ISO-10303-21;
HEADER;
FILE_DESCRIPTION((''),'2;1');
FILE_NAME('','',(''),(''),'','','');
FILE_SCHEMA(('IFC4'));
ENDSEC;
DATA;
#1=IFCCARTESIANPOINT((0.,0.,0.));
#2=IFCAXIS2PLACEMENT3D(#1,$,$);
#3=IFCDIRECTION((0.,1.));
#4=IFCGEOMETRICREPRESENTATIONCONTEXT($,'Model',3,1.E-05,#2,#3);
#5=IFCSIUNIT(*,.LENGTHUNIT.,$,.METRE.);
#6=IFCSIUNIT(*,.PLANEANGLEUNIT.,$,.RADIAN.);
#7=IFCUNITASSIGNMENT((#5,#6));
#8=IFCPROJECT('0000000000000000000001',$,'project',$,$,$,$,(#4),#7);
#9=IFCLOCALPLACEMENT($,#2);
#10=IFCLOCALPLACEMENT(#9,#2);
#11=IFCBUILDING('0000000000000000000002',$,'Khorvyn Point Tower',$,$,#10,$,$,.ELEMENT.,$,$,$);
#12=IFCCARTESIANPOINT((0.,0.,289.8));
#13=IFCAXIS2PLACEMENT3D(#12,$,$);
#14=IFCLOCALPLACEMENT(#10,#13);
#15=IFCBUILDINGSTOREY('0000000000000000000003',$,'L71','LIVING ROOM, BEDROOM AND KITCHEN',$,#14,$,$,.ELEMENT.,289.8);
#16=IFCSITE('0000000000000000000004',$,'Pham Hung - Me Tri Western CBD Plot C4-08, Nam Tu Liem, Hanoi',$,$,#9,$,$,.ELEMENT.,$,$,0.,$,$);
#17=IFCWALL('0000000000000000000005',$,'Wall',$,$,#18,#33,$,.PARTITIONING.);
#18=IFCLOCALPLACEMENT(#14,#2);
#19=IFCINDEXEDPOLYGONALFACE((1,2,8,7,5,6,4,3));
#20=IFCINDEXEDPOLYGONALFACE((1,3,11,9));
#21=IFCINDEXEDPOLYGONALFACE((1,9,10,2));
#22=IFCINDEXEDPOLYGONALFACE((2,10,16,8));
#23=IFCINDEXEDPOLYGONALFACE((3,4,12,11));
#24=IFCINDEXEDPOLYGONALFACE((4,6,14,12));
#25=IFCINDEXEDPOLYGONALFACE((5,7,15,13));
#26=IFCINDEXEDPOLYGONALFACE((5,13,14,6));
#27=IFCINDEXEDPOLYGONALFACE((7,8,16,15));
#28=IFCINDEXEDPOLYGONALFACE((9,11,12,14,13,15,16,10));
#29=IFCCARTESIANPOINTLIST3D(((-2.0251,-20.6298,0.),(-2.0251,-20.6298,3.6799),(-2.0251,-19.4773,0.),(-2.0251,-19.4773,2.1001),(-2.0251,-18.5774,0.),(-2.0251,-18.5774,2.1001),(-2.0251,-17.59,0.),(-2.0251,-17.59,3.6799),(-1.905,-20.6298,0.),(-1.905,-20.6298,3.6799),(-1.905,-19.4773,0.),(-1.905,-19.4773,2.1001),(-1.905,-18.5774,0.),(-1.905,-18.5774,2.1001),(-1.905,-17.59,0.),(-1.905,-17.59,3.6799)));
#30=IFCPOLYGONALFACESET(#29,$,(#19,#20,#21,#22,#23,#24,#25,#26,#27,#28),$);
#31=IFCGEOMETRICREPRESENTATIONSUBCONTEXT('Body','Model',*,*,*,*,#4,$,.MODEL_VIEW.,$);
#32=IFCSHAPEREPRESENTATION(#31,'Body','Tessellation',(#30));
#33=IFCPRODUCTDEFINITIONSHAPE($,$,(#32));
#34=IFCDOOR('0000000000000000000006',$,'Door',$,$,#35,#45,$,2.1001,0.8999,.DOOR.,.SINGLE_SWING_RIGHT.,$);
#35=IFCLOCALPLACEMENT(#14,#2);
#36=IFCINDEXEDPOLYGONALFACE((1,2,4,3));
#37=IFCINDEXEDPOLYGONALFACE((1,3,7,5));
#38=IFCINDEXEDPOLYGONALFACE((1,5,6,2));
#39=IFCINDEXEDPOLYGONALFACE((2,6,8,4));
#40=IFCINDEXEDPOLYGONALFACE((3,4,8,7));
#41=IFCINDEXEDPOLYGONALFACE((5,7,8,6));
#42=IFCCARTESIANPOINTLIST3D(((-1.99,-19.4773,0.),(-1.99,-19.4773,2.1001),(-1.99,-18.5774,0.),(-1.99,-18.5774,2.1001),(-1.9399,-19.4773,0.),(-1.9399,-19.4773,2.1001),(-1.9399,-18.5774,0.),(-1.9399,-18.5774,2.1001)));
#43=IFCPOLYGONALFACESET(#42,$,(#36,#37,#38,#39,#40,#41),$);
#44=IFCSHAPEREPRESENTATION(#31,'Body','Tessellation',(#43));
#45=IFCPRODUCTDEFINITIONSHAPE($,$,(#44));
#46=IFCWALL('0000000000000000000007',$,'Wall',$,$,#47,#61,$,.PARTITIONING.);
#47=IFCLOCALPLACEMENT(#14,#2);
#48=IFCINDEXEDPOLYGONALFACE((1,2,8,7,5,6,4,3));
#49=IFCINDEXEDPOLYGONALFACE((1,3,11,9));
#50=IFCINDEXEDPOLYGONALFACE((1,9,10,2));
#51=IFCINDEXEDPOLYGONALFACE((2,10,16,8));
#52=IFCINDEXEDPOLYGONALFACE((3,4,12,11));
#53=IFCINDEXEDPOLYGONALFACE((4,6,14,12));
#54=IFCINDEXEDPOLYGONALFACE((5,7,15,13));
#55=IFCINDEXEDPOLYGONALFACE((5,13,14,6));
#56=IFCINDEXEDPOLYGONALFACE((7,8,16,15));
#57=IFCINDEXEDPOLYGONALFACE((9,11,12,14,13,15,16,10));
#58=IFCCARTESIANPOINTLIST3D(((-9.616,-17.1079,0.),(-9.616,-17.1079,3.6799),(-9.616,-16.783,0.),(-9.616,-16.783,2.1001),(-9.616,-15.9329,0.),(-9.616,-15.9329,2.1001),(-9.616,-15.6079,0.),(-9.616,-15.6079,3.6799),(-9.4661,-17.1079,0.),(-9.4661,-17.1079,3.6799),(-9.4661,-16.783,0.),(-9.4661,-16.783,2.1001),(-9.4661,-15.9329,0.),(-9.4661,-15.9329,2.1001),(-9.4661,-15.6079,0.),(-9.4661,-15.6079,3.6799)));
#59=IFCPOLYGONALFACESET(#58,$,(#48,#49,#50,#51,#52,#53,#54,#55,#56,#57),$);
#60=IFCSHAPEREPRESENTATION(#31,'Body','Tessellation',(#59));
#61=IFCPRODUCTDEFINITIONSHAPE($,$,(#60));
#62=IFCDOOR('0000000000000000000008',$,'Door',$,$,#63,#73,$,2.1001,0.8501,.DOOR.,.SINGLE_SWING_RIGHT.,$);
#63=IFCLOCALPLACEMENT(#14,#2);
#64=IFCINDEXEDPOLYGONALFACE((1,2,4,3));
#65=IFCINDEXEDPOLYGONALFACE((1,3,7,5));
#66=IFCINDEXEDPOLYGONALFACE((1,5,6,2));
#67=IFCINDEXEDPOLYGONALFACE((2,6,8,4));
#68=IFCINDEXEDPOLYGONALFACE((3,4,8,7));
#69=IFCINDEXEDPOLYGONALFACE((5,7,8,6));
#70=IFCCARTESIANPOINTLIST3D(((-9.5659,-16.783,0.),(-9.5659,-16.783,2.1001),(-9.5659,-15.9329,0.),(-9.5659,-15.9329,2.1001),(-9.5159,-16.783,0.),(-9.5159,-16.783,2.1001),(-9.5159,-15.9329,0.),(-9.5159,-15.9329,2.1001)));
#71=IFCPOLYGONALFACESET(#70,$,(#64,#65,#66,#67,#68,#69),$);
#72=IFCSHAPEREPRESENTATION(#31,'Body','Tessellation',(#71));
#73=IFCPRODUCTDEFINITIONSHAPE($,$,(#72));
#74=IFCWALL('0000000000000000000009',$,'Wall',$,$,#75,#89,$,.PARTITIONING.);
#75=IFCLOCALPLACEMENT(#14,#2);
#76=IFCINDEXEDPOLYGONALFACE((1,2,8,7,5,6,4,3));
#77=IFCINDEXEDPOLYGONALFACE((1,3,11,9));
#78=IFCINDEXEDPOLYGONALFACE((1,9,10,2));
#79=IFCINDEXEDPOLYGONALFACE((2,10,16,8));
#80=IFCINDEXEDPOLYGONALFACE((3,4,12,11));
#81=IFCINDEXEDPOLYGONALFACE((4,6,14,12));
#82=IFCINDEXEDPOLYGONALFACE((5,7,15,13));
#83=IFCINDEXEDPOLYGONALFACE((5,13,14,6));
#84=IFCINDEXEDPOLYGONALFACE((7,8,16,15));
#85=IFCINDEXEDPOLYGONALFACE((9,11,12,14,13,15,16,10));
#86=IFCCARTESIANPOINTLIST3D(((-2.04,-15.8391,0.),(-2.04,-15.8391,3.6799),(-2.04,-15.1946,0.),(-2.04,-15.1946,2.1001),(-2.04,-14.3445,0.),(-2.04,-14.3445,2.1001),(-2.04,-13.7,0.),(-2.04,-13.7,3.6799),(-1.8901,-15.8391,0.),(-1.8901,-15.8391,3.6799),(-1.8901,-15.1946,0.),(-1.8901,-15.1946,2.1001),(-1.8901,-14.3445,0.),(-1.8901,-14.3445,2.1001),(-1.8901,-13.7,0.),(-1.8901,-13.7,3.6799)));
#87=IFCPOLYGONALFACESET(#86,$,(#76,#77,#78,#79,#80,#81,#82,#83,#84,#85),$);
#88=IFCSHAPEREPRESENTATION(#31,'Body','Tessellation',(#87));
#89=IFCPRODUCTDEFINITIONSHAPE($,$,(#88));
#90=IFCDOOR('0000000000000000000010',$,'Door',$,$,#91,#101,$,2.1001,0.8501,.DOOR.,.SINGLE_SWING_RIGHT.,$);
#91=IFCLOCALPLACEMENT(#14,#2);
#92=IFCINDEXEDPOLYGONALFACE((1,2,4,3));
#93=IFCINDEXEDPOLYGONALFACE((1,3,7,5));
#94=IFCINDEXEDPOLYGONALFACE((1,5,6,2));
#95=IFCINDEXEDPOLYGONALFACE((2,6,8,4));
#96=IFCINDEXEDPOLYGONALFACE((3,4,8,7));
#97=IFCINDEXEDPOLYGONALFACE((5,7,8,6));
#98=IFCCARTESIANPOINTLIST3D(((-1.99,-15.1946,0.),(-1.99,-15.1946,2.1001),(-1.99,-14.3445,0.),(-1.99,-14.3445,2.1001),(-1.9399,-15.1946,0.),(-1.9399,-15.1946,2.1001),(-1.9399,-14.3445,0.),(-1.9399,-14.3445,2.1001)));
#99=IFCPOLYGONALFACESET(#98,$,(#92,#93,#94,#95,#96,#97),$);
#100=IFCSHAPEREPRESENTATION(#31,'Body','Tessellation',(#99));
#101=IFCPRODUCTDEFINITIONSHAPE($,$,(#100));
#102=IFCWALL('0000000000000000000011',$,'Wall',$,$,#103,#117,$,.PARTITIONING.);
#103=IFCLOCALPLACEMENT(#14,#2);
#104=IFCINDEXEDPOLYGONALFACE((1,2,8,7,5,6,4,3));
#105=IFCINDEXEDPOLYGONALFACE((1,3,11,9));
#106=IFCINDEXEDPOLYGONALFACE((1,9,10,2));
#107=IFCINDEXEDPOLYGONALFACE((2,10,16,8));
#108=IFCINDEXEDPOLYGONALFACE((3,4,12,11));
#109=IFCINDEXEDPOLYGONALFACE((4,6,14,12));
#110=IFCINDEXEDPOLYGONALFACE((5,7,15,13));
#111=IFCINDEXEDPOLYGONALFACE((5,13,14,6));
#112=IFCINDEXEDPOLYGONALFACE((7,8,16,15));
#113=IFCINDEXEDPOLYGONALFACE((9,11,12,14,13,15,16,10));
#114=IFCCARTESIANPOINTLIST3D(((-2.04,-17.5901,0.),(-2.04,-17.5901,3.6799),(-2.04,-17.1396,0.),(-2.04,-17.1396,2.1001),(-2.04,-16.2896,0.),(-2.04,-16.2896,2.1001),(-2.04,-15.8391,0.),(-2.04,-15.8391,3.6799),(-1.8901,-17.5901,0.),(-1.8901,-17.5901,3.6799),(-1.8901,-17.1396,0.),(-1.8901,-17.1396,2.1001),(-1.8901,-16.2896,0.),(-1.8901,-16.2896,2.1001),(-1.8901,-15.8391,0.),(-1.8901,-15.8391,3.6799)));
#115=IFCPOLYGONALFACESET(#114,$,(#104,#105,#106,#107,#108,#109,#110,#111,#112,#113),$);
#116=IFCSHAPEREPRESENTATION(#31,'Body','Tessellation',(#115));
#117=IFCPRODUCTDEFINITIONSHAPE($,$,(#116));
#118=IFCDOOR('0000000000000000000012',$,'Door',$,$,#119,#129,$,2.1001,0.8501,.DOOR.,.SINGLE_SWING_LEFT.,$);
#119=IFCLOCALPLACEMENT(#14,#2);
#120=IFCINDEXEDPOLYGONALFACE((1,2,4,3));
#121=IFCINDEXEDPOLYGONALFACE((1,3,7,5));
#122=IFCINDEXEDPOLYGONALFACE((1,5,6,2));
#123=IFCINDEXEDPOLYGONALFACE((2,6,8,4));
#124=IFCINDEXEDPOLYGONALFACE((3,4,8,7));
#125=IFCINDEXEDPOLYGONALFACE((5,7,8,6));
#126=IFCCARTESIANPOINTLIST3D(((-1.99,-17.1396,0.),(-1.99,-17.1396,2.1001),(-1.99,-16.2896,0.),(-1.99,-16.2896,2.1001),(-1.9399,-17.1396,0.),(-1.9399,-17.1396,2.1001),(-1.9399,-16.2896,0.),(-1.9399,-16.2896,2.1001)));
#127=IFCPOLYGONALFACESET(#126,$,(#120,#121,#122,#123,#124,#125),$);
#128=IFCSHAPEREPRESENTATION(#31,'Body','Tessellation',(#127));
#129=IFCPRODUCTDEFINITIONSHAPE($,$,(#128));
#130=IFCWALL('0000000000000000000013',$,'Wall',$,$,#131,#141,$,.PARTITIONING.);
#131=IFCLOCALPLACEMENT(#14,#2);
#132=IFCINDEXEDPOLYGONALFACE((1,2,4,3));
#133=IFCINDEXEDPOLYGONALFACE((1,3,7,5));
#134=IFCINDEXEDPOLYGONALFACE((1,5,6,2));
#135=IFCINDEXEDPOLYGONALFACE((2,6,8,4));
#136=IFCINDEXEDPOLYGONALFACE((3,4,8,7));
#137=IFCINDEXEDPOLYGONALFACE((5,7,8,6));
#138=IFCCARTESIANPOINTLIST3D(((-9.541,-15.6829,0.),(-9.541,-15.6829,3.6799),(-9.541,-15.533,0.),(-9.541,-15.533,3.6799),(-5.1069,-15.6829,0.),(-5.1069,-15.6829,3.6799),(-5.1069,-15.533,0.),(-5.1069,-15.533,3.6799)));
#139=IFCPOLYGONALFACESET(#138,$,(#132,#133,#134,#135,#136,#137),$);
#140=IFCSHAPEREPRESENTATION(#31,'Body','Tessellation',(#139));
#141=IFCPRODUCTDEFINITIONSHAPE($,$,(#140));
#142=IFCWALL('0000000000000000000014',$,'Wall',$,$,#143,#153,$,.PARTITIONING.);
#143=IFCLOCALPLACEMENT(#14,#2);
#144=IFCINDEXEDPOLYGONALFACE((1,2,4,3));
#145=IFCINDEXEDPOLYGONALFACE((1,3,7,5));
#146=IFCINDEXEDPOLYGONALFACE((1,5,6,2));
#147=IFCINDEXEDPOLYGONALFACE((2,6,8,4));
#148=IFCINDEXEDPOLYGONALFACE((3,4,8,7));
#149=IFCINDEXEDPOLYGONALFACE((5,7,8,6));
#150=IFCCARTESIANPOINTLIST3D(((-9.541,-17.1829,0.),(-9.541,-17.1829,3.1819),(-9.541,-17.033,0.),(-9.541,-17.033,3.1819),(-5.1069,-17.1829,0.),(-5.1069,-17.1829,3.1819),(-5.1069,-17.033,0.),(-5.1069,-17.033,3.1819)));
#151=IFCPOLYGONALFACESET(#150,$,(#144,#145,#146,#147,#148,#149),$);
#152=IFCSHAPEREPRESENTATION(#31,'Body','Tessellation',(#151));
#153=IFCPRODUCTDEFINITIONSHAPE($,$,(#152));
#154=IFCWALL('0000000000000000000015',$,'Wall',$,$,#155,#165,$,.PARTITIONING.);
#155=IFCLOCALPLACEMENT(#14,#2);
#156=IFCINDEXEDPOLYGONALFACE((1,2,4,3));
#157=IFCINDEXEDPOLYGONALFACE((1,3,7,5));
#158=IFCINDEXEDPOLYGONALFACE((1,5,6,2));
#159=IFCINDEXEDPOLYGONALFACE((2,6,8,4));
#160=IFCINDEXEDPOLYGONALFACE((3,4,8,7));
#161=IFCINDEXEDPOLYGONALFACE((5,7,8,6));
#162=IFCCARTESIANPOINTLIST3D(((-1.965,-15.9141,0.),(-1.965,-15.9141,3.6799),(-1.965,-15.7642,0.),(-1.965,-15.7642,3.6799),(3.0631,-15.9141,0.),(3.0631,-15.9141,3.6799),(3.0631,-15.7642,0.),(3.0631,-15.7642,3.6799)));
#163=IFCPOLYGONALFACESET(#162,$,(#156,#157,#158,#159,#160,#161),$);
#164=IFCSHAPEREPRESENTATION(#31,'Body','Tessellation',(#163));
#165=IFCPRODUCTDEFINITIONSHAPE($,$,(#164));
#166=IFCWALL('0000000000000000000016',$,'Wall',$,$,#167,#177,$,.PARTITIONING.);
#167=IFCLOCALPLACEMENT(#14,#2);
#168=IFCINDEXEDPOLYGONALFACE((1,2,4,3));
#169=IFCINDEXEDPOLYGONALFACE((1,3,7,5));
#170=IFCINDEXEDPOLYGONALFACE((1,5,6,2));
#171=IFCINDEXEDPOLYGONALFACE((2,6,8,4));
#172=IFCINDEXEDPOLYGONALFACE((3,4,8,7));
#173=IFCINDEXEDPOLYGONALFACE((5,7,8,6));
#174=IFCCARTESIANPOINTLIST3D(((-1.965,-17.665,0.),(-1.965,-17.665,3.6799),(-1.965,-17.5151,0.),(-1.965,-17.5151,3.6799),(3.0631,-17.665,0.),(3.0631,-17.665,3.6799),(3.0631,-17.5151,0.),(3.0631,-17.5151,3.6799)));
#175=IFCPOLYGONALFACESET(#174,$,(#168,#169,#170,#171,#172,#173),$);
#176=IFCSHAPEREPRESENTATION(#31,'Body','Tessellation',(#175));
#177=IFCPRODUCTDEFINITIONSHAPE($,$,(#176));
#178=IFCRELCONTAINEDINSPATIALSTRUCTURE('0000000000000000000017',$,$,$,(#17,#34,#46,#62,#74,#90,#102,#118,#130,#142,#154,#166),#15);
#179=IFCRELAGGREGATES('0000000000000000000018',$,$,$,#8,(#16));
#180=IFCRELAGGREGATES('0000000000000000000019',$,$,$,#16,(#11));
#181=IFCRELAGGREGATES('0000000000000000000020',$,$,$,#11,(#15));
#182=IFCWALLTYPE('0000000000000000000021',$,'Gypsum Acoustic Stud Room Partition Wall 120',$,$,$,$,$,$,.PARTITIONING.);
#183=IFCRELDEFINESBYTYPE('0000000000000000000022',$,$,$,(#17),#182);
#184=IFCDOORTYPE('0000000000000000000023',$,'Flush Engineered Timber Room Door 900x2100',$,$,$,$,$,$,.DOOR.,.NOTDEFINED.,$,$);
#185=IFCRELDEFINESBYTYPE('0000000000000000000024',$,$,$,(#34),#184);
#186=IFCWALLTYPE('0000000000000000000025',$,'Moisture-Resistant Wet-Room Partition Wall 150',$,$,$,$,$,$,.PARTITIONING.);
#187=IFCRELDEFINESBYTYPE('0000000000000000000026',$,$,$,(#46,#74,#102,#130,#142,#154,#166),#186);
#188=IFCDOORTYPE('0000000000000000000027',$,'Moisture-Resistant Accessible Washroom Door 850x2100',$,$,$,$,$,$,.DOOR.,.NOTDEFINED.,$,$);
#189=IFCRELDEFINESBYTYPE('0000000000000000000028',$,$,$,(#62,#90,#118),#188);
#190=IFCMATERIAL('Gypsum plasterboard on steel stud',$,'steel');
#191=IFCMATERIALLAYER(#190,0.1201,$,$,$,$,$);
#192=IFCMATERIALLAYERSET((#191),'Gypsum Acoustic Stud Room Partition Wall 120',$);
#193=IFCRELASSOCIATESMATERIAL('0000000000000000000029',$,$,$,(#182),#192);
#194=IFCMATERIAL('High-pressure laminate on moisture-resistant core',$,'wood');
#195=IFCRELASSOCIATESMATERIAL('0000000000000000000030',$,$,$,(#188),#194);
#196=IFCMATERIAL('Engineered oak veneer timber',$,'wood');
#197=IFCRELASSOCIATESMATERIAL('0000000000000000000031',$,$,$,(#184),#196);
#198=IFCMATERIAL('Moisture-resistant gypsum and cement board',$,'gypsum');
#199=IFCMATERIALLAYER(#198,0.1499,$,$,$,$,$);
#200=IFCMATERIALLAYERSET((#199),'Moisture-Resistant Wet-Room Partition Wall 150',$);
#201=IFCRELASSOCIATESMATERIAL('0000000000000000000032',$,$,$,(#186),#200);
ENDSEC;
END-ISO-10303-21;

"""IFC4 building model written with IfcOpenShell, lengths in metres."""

from ifc_helpers import new_model, si_unit, direction, frame, frame_2d, origin, place, context, subcontext, project, spatial, rectangle, extrude, material, layer, layer_set, type_object, element, fill, save


model = new_model("IFC4")

# Units and contexts
model_context = context("Model", 3, precision=1e-05, world=origin(), true_north=direction((0.0, 1.0)))
body_context = subcontext(model_context, "Body", "Model", "MODEL_VIEW")
ifc_project = project(units=[si_unit("LENGTHUNIT", "METRE"), si_unit("PLANEANGLEUNIT", "RADIAN")], contexts=[model_context])

# Site, building, storey
site_placement = place(None, origin())
site = spatial("IfcSite", under=ifc_project, at=site_placement, Name="Pham Hung - Me Tri Western CBD Plot C4-08, Nam Tu Liem, Hanoi", CompositionType="ELEMENT", RefElevation=0.0)
building_placement = place(site_placement, origin())
building = spatial("IfcBuilding", under=site, at=building_placement, Name="Khorvyn Point Tower", CompositionType="ELEMENT")
storey_placement = place(building_placement, frame((0.0, 0.0, 289.8)))
storey = spatial("IfcBuildingStorey", under=building, at=storey_placement, Name="L71", Description="LIVING ROOM, BEDROOM AND KITCHEN", CompositionType="ELEMENT", Elevation=289.8)

# Walls, openings, doors
ifc_material_1 = material(Name="Gypsum plasterboard on steel stud", Category="steel")
ifc_layer_1 = layer(ifc_material_1, 0.1201)
ifc_layer_set_1 = layer_set([ifc_layer_1], Name="Gypsum Acoustic Stud Room Partition Wall 120")
wall_type_1 = type_object("IfcWallType", Name="Gypsum Acoustic Stud Room Partition Wall 120", PredefinedType="PARTITIONING", material=ifc_layer_set_1)
ifc_material_2 = material(Name="High-pressure laminate on moisture-resistant core", Category="wood")
door_type_1 = type_object("IfcDoorType", Name="Moisture-Resistant Accessible Washroom Door 850x2100", OperationType="NOTDEFINED", PredefinedType="DOOR", material=ifc_material_2)
ifc_material_3 = material(Name="Engineered oak veneer timber", Category="wood")
door_type_2 = type_object("IfcDoorType", Name="Flush Engineered Timber Room Door 900x2100", OperationType="NOTDEFINED", PredefinedType="DOOR", material=ifc_material_3)
wall_1_placement = place(storey_placement, frame((-1.9651, -20.6299, 0.0), z_axis=(0.0, 0.0, 1.0), x_axis=(0.0, 1.0, 0.0)))
wall_1 = element("IfcWall", 1, at=wall_1_placement, inside=storey, type_object=wall_type_1, Name="Wall", PredefinedType="PARTITIONING", context=body_context, shape_type="SweptSolid", body=[
    extrude(rectangle(XDim=3.0398, YDim=0.1201, at=frame_2d((1.52, 0.0))), origin(), (0.0, 0.0, 1.0), 3.6799),
])
opening_1_placement = place(wall_1_placement, frame((1.1526, 0.0, 0.0)))
opening_1 = element("IfcOpeningElement", 2, at=opening_1_placement, cuts=wall_1, PredefinedType="OPENING", context=body_context, shape_type="SweptSolid", body=[
    extrude(rectangle(XDim=0.8999, YDim=2.1001, at=frame_2d((0.45, 1.05))), frame((0.0, 0.0701, 0.0), z_axis=(0.0, -1.0, 0.0), x_axis=(1.0, 0.0, 0.0)), (0.0, 0.0, 1.0), 0.1401),
])
door_1_placement = place(opening_1_placement, origin())
door_1 = element("IfcDoor", 3, at=door_1_placement, inside=storey, type_object=door_type_2, Name="Door", OperationType="SINGLE_SWING_RIGHT", OverallHeight=2.1001, OverallWidth=0.8999, PredefinedType="DOOR", context=body_context, shape_type="SweptSolid", body=[
    extrude(rectangle(XDim=0.8999, YDim=2.1001, at=frame_2d((0.45, 1.05))), frame((0.0, 0.0249, 0.0), z_axis=(0.0, -1.0, 0.0), x_axis=(1.0, 0.0, 0.0)), (0.0, 0.0, 1.0), 0.05),
])
fill(opening_1, door_1)
ifc_material_4 = material(Name="Moisture-resistant gypsum and cement board", Category="gypsum")
ifc_layer_2 = layer(ifc_material_4, 0.1499)
ifc_layer_set_2 = layer_set([ifc_layer_2], Name="Moisture-Resistant Wet-Room Partition Wall 150")
wall_type_2 = type_object("IfcWallType", Name="Moisture-Resistant Wet-Room Partition Wall 150", PredefinedType="PARTITIONING", material=ifc_layer_set_2)
wall_2_placement = place(storey_placement, frame((-9.541, -17.1079, 0.0), z_axis=(0.0, 0.0, 1.0), x_axis=(0.0, 1.0, 0.0)))
wall_2 = element("IfcWall", 4, at=wall_2_placement, inside=storey, type_object=wall_type_2, Name="Wall", PredefinedType="PARTITIONING", context=body_context, shape_type="SweptSolid", body=[
    extrude(rectangle(XDim=1.5, YDim=0.1499, at=frame_2d((0.75, 0.0))), origin(), (0.0, 0.0, 1.0), 3.6799),
])
opening_2_placement = place(wall_2_placement, frame((0.325, 0.0, 0.0)))
opening_2 = element("IfcOpeningElement", 5, at=opening_2_placement, cuts=wall_2, PredefinedType="OPENING", context=body_context, shape_type="SweptSolid", body=[
    extrude(rectangle(XDim=0.8501, YDim=2.1001, at=frame_2d((0.425, 1.05))), frame((0.0, 0.085, 0.0), z_axis=(0.0, -1.0, 0.0), x_axis=(1.0, 0.0, 0.0)), (0.0, 0.0, 1.0), 0.1699),
])
door_2_placement = place(opening_2_placement, origin())
door_2 = element("IfcDoor", 6, at=door_2_placement, inside=storey, type_object=door_type_1, Name="Door", OperationType="SINGLE_SWING_RIGHT", OverallHeight=2.1001, OverallWidth=0.8501, PredefinedType="DOOR", context=body_context, shape_type="SweptSolid", body=[
    extrude(rectangle(XDim=0.8501, YDim=2.1001, at=frame_2d((0.425, 1.05))), frame((0.0, 0.0249, 0.0), z_axis=(0.0, -1.0, 0.0), x_axis=(1.0, 0.0, 0.0)), (0.0, 0.0, 1.0), 0.05),
])
fill(opening_2, door_2)
wall_3_placement = place(storey_placement, frame((-1.9651, -15.8391, 0.0), z_axis=(0.0, 0.0, 1.0), x_axis=(0.0, 1.0, 0.0)))
wall_3 = element("IfcWall", 7, at=wall_3_placement, inside=storey, type_object=wall_type_2, Name="Wall", PredefinedType="PARTITIONING", context=body_context, shape_type="SweptSolid", body=[
    extrude(rectangle(XDim=2.1392, YDim=0.1499, at=frame_2d((1.0696, 0.0))), origin(), (0.0, 0.0, 1.0), 3.6799),
])
opening_3_placement = place(wall_3_placement, frame((0.6445, 0.0, 0.0)))
opening_3 = element("IfcOpeningElement", 8, at=opening_3_placement, cuts=wall_3, PredefinedType="OPENING", context=body_context, shape_type="SweptSolid", body=[
    extrude(rectangle(XDim=0.8501, YDim=2.1001, at=frame_2d((0.425, 1.05))), frame((0.0, 0.085, 0.0), z_axis=(0.0, -1.0, 0.0), x_axis=(1.0, 0.0, 0.0)), (0.0, 0.0, 1.0), 0.1699),
])
door_3_placement = place(opening_3_placement, origin())
door_3 = element("IfcDoor", 9, at=door_3_placement, inside=storey, type_object=door_type_1, Name="Door", OperationType="SINGLE_SWING_RIGHT", OverallHeight=2.1001, OverallWidth=0.8501, PredefinedType="DOOR", context=body_context, shape_type="SweptSolid", body=[
    extrude(rectangle(XDim=0.8501, YDim=2.1001, at=frame_2d((0.425, 1.05))), frame((0.0, 0.0249, 0.0), z_axis=(0.0, -1.0, 0.0), x_axis=(1.0, 0.0, 0.0)), (0.0, 0.0, 1.0), 0.05),
])
fill(opening_3, door_3)
wall_4_placement = place(storey_placement, frame((-1.9651, -17.5901, 0.0), z_axis=(0.0, 0.0, 1.0), x_axis=(0.0, 1.0, 0.0)))
wall_4 = element("IfcWall", 10, at=wall_4_placement, inside=storey, type_object=wall_type_2, Name="Wall", PredefinedType="PARTITIONING", context=body_context, shape_type="SweptSolid", body=[
    extrude(rectangle(XDim=1.751, YDim=0.1499, at=frame_2d((0.8755, 0.0))), origin(), (0.0, 0.0, 1.0), 3.6799),
])
opening_4_placement = place(wall_4_placement, frame((0.4504, 0.0, 0.0)))
opening_4 = element("IfcOpeningElement", 11, at=opening_4_placement, cuts=wall_4, PredefinedType="OPENING", context=body_context, shape_type="SweptSolid", body=[
    extrude(rectangle(XDim=0.8501, YDim=2.1001, at=frame_2d((0.425, 1.05))), frame((0.0, 0.085, 0.0), z_axis=(0.0, -1.0, 0.0), x_axis=(1.0, 0.0, 0.0)), (0.0, 0.0, 1.0), 0.1699),
])
door_4_placement = place(opening_4_placement, origin())
door_4 = element("IfcDoor", 12, at=door_4_placement, inside=storey, type_object=door_type_1, Name="Door", OperationType="SINGLE_SWING_LEFT", OverallHeight=2.1001, OverallWidth=0.8501, PredefinedType="DOOR", context=body_context, shape_type="SweptSolid", body=[
    extrude(rectangle(XDim=0.8501, YDim=2.1001, at=frame_2d((0.425, 1.05))), frame((0.0, 0.0249, 0.0), z_axis=(0.0, -1.0, 0.0), x_axis=(1.0, 0.0, 0.0)), (0.0, 0.0, 1.0), 0.05),
])
fill(opening_4, door_4)

# Walls
wall_5_placement = place(storey_placement, frame((-9.541, -15.6079, 0.0), z_axis=(0.0, 0.0, 1.0), x_axis=(1.0, 0.0, 0.0)))
element("IfcWall", 13, at=wall_5_placement, inside=storey, type_object=wall_type_2, Name="Wall", PredefinedType="PARTITIONING", context=body_context, shape_type="SweptSolid", body=[
    extrude(rectangle(XDim=4.4341, YDim=0.1499, at=frame_2d((2.217, 0.0))), origin(), (0.0, 0.0, 1.0), 3.6799),
])
wall_6_placement = place(storey_placement, frame((-9.541, -17.1079, 0.0), z_axis=(0.0, 0.0, 1.0), x_axis=(1.0, 0.0, 0.0)))
element("IfcWall", 14, at=wall_6_placement, inside=storey, type_object=wall_type_2, Name="Wall", PredefinedType="PARTITIONING", context=body_context, shape_type="SweptSolid", body=[
    extrude(rectangle(XDim=4.4341, YDim=0.1499, at=frame_2d((2.217, 0.0))), origin(), (0.0, 0.0, 1.0), 3.1819),
])
for number, where, z_axis, x_axis, name in (
    (15, (-1.9651, -15.8391, 0.0), (0.0, 0.0, 1.0), (1.0, 0.0, 0.0), "Wall"),
    (16, (-1.9651, -17.5901, 0.0), (0.0, 0.0, 1.0), (1.0, 0.0, 0.0), "Wall"),
):
    element("IfcWall", number, at=place(storey_placement, frame(where, z_axis=z_axis, x_axis=x_axis)), inside=storey, type_object=wall_type_2, Name=name, PredefinedType="PARTITIONING", context=body_context, shape_type="SweptSolid", body=[
        extrude(rectangle(XDim=5.0281, YDim=0.1499, at=frame_2d((2.5142, 0.0))), origin(), (0.0, 0.0, 1.0), 3.6799),
    ])

save(model, "model.ifc")
